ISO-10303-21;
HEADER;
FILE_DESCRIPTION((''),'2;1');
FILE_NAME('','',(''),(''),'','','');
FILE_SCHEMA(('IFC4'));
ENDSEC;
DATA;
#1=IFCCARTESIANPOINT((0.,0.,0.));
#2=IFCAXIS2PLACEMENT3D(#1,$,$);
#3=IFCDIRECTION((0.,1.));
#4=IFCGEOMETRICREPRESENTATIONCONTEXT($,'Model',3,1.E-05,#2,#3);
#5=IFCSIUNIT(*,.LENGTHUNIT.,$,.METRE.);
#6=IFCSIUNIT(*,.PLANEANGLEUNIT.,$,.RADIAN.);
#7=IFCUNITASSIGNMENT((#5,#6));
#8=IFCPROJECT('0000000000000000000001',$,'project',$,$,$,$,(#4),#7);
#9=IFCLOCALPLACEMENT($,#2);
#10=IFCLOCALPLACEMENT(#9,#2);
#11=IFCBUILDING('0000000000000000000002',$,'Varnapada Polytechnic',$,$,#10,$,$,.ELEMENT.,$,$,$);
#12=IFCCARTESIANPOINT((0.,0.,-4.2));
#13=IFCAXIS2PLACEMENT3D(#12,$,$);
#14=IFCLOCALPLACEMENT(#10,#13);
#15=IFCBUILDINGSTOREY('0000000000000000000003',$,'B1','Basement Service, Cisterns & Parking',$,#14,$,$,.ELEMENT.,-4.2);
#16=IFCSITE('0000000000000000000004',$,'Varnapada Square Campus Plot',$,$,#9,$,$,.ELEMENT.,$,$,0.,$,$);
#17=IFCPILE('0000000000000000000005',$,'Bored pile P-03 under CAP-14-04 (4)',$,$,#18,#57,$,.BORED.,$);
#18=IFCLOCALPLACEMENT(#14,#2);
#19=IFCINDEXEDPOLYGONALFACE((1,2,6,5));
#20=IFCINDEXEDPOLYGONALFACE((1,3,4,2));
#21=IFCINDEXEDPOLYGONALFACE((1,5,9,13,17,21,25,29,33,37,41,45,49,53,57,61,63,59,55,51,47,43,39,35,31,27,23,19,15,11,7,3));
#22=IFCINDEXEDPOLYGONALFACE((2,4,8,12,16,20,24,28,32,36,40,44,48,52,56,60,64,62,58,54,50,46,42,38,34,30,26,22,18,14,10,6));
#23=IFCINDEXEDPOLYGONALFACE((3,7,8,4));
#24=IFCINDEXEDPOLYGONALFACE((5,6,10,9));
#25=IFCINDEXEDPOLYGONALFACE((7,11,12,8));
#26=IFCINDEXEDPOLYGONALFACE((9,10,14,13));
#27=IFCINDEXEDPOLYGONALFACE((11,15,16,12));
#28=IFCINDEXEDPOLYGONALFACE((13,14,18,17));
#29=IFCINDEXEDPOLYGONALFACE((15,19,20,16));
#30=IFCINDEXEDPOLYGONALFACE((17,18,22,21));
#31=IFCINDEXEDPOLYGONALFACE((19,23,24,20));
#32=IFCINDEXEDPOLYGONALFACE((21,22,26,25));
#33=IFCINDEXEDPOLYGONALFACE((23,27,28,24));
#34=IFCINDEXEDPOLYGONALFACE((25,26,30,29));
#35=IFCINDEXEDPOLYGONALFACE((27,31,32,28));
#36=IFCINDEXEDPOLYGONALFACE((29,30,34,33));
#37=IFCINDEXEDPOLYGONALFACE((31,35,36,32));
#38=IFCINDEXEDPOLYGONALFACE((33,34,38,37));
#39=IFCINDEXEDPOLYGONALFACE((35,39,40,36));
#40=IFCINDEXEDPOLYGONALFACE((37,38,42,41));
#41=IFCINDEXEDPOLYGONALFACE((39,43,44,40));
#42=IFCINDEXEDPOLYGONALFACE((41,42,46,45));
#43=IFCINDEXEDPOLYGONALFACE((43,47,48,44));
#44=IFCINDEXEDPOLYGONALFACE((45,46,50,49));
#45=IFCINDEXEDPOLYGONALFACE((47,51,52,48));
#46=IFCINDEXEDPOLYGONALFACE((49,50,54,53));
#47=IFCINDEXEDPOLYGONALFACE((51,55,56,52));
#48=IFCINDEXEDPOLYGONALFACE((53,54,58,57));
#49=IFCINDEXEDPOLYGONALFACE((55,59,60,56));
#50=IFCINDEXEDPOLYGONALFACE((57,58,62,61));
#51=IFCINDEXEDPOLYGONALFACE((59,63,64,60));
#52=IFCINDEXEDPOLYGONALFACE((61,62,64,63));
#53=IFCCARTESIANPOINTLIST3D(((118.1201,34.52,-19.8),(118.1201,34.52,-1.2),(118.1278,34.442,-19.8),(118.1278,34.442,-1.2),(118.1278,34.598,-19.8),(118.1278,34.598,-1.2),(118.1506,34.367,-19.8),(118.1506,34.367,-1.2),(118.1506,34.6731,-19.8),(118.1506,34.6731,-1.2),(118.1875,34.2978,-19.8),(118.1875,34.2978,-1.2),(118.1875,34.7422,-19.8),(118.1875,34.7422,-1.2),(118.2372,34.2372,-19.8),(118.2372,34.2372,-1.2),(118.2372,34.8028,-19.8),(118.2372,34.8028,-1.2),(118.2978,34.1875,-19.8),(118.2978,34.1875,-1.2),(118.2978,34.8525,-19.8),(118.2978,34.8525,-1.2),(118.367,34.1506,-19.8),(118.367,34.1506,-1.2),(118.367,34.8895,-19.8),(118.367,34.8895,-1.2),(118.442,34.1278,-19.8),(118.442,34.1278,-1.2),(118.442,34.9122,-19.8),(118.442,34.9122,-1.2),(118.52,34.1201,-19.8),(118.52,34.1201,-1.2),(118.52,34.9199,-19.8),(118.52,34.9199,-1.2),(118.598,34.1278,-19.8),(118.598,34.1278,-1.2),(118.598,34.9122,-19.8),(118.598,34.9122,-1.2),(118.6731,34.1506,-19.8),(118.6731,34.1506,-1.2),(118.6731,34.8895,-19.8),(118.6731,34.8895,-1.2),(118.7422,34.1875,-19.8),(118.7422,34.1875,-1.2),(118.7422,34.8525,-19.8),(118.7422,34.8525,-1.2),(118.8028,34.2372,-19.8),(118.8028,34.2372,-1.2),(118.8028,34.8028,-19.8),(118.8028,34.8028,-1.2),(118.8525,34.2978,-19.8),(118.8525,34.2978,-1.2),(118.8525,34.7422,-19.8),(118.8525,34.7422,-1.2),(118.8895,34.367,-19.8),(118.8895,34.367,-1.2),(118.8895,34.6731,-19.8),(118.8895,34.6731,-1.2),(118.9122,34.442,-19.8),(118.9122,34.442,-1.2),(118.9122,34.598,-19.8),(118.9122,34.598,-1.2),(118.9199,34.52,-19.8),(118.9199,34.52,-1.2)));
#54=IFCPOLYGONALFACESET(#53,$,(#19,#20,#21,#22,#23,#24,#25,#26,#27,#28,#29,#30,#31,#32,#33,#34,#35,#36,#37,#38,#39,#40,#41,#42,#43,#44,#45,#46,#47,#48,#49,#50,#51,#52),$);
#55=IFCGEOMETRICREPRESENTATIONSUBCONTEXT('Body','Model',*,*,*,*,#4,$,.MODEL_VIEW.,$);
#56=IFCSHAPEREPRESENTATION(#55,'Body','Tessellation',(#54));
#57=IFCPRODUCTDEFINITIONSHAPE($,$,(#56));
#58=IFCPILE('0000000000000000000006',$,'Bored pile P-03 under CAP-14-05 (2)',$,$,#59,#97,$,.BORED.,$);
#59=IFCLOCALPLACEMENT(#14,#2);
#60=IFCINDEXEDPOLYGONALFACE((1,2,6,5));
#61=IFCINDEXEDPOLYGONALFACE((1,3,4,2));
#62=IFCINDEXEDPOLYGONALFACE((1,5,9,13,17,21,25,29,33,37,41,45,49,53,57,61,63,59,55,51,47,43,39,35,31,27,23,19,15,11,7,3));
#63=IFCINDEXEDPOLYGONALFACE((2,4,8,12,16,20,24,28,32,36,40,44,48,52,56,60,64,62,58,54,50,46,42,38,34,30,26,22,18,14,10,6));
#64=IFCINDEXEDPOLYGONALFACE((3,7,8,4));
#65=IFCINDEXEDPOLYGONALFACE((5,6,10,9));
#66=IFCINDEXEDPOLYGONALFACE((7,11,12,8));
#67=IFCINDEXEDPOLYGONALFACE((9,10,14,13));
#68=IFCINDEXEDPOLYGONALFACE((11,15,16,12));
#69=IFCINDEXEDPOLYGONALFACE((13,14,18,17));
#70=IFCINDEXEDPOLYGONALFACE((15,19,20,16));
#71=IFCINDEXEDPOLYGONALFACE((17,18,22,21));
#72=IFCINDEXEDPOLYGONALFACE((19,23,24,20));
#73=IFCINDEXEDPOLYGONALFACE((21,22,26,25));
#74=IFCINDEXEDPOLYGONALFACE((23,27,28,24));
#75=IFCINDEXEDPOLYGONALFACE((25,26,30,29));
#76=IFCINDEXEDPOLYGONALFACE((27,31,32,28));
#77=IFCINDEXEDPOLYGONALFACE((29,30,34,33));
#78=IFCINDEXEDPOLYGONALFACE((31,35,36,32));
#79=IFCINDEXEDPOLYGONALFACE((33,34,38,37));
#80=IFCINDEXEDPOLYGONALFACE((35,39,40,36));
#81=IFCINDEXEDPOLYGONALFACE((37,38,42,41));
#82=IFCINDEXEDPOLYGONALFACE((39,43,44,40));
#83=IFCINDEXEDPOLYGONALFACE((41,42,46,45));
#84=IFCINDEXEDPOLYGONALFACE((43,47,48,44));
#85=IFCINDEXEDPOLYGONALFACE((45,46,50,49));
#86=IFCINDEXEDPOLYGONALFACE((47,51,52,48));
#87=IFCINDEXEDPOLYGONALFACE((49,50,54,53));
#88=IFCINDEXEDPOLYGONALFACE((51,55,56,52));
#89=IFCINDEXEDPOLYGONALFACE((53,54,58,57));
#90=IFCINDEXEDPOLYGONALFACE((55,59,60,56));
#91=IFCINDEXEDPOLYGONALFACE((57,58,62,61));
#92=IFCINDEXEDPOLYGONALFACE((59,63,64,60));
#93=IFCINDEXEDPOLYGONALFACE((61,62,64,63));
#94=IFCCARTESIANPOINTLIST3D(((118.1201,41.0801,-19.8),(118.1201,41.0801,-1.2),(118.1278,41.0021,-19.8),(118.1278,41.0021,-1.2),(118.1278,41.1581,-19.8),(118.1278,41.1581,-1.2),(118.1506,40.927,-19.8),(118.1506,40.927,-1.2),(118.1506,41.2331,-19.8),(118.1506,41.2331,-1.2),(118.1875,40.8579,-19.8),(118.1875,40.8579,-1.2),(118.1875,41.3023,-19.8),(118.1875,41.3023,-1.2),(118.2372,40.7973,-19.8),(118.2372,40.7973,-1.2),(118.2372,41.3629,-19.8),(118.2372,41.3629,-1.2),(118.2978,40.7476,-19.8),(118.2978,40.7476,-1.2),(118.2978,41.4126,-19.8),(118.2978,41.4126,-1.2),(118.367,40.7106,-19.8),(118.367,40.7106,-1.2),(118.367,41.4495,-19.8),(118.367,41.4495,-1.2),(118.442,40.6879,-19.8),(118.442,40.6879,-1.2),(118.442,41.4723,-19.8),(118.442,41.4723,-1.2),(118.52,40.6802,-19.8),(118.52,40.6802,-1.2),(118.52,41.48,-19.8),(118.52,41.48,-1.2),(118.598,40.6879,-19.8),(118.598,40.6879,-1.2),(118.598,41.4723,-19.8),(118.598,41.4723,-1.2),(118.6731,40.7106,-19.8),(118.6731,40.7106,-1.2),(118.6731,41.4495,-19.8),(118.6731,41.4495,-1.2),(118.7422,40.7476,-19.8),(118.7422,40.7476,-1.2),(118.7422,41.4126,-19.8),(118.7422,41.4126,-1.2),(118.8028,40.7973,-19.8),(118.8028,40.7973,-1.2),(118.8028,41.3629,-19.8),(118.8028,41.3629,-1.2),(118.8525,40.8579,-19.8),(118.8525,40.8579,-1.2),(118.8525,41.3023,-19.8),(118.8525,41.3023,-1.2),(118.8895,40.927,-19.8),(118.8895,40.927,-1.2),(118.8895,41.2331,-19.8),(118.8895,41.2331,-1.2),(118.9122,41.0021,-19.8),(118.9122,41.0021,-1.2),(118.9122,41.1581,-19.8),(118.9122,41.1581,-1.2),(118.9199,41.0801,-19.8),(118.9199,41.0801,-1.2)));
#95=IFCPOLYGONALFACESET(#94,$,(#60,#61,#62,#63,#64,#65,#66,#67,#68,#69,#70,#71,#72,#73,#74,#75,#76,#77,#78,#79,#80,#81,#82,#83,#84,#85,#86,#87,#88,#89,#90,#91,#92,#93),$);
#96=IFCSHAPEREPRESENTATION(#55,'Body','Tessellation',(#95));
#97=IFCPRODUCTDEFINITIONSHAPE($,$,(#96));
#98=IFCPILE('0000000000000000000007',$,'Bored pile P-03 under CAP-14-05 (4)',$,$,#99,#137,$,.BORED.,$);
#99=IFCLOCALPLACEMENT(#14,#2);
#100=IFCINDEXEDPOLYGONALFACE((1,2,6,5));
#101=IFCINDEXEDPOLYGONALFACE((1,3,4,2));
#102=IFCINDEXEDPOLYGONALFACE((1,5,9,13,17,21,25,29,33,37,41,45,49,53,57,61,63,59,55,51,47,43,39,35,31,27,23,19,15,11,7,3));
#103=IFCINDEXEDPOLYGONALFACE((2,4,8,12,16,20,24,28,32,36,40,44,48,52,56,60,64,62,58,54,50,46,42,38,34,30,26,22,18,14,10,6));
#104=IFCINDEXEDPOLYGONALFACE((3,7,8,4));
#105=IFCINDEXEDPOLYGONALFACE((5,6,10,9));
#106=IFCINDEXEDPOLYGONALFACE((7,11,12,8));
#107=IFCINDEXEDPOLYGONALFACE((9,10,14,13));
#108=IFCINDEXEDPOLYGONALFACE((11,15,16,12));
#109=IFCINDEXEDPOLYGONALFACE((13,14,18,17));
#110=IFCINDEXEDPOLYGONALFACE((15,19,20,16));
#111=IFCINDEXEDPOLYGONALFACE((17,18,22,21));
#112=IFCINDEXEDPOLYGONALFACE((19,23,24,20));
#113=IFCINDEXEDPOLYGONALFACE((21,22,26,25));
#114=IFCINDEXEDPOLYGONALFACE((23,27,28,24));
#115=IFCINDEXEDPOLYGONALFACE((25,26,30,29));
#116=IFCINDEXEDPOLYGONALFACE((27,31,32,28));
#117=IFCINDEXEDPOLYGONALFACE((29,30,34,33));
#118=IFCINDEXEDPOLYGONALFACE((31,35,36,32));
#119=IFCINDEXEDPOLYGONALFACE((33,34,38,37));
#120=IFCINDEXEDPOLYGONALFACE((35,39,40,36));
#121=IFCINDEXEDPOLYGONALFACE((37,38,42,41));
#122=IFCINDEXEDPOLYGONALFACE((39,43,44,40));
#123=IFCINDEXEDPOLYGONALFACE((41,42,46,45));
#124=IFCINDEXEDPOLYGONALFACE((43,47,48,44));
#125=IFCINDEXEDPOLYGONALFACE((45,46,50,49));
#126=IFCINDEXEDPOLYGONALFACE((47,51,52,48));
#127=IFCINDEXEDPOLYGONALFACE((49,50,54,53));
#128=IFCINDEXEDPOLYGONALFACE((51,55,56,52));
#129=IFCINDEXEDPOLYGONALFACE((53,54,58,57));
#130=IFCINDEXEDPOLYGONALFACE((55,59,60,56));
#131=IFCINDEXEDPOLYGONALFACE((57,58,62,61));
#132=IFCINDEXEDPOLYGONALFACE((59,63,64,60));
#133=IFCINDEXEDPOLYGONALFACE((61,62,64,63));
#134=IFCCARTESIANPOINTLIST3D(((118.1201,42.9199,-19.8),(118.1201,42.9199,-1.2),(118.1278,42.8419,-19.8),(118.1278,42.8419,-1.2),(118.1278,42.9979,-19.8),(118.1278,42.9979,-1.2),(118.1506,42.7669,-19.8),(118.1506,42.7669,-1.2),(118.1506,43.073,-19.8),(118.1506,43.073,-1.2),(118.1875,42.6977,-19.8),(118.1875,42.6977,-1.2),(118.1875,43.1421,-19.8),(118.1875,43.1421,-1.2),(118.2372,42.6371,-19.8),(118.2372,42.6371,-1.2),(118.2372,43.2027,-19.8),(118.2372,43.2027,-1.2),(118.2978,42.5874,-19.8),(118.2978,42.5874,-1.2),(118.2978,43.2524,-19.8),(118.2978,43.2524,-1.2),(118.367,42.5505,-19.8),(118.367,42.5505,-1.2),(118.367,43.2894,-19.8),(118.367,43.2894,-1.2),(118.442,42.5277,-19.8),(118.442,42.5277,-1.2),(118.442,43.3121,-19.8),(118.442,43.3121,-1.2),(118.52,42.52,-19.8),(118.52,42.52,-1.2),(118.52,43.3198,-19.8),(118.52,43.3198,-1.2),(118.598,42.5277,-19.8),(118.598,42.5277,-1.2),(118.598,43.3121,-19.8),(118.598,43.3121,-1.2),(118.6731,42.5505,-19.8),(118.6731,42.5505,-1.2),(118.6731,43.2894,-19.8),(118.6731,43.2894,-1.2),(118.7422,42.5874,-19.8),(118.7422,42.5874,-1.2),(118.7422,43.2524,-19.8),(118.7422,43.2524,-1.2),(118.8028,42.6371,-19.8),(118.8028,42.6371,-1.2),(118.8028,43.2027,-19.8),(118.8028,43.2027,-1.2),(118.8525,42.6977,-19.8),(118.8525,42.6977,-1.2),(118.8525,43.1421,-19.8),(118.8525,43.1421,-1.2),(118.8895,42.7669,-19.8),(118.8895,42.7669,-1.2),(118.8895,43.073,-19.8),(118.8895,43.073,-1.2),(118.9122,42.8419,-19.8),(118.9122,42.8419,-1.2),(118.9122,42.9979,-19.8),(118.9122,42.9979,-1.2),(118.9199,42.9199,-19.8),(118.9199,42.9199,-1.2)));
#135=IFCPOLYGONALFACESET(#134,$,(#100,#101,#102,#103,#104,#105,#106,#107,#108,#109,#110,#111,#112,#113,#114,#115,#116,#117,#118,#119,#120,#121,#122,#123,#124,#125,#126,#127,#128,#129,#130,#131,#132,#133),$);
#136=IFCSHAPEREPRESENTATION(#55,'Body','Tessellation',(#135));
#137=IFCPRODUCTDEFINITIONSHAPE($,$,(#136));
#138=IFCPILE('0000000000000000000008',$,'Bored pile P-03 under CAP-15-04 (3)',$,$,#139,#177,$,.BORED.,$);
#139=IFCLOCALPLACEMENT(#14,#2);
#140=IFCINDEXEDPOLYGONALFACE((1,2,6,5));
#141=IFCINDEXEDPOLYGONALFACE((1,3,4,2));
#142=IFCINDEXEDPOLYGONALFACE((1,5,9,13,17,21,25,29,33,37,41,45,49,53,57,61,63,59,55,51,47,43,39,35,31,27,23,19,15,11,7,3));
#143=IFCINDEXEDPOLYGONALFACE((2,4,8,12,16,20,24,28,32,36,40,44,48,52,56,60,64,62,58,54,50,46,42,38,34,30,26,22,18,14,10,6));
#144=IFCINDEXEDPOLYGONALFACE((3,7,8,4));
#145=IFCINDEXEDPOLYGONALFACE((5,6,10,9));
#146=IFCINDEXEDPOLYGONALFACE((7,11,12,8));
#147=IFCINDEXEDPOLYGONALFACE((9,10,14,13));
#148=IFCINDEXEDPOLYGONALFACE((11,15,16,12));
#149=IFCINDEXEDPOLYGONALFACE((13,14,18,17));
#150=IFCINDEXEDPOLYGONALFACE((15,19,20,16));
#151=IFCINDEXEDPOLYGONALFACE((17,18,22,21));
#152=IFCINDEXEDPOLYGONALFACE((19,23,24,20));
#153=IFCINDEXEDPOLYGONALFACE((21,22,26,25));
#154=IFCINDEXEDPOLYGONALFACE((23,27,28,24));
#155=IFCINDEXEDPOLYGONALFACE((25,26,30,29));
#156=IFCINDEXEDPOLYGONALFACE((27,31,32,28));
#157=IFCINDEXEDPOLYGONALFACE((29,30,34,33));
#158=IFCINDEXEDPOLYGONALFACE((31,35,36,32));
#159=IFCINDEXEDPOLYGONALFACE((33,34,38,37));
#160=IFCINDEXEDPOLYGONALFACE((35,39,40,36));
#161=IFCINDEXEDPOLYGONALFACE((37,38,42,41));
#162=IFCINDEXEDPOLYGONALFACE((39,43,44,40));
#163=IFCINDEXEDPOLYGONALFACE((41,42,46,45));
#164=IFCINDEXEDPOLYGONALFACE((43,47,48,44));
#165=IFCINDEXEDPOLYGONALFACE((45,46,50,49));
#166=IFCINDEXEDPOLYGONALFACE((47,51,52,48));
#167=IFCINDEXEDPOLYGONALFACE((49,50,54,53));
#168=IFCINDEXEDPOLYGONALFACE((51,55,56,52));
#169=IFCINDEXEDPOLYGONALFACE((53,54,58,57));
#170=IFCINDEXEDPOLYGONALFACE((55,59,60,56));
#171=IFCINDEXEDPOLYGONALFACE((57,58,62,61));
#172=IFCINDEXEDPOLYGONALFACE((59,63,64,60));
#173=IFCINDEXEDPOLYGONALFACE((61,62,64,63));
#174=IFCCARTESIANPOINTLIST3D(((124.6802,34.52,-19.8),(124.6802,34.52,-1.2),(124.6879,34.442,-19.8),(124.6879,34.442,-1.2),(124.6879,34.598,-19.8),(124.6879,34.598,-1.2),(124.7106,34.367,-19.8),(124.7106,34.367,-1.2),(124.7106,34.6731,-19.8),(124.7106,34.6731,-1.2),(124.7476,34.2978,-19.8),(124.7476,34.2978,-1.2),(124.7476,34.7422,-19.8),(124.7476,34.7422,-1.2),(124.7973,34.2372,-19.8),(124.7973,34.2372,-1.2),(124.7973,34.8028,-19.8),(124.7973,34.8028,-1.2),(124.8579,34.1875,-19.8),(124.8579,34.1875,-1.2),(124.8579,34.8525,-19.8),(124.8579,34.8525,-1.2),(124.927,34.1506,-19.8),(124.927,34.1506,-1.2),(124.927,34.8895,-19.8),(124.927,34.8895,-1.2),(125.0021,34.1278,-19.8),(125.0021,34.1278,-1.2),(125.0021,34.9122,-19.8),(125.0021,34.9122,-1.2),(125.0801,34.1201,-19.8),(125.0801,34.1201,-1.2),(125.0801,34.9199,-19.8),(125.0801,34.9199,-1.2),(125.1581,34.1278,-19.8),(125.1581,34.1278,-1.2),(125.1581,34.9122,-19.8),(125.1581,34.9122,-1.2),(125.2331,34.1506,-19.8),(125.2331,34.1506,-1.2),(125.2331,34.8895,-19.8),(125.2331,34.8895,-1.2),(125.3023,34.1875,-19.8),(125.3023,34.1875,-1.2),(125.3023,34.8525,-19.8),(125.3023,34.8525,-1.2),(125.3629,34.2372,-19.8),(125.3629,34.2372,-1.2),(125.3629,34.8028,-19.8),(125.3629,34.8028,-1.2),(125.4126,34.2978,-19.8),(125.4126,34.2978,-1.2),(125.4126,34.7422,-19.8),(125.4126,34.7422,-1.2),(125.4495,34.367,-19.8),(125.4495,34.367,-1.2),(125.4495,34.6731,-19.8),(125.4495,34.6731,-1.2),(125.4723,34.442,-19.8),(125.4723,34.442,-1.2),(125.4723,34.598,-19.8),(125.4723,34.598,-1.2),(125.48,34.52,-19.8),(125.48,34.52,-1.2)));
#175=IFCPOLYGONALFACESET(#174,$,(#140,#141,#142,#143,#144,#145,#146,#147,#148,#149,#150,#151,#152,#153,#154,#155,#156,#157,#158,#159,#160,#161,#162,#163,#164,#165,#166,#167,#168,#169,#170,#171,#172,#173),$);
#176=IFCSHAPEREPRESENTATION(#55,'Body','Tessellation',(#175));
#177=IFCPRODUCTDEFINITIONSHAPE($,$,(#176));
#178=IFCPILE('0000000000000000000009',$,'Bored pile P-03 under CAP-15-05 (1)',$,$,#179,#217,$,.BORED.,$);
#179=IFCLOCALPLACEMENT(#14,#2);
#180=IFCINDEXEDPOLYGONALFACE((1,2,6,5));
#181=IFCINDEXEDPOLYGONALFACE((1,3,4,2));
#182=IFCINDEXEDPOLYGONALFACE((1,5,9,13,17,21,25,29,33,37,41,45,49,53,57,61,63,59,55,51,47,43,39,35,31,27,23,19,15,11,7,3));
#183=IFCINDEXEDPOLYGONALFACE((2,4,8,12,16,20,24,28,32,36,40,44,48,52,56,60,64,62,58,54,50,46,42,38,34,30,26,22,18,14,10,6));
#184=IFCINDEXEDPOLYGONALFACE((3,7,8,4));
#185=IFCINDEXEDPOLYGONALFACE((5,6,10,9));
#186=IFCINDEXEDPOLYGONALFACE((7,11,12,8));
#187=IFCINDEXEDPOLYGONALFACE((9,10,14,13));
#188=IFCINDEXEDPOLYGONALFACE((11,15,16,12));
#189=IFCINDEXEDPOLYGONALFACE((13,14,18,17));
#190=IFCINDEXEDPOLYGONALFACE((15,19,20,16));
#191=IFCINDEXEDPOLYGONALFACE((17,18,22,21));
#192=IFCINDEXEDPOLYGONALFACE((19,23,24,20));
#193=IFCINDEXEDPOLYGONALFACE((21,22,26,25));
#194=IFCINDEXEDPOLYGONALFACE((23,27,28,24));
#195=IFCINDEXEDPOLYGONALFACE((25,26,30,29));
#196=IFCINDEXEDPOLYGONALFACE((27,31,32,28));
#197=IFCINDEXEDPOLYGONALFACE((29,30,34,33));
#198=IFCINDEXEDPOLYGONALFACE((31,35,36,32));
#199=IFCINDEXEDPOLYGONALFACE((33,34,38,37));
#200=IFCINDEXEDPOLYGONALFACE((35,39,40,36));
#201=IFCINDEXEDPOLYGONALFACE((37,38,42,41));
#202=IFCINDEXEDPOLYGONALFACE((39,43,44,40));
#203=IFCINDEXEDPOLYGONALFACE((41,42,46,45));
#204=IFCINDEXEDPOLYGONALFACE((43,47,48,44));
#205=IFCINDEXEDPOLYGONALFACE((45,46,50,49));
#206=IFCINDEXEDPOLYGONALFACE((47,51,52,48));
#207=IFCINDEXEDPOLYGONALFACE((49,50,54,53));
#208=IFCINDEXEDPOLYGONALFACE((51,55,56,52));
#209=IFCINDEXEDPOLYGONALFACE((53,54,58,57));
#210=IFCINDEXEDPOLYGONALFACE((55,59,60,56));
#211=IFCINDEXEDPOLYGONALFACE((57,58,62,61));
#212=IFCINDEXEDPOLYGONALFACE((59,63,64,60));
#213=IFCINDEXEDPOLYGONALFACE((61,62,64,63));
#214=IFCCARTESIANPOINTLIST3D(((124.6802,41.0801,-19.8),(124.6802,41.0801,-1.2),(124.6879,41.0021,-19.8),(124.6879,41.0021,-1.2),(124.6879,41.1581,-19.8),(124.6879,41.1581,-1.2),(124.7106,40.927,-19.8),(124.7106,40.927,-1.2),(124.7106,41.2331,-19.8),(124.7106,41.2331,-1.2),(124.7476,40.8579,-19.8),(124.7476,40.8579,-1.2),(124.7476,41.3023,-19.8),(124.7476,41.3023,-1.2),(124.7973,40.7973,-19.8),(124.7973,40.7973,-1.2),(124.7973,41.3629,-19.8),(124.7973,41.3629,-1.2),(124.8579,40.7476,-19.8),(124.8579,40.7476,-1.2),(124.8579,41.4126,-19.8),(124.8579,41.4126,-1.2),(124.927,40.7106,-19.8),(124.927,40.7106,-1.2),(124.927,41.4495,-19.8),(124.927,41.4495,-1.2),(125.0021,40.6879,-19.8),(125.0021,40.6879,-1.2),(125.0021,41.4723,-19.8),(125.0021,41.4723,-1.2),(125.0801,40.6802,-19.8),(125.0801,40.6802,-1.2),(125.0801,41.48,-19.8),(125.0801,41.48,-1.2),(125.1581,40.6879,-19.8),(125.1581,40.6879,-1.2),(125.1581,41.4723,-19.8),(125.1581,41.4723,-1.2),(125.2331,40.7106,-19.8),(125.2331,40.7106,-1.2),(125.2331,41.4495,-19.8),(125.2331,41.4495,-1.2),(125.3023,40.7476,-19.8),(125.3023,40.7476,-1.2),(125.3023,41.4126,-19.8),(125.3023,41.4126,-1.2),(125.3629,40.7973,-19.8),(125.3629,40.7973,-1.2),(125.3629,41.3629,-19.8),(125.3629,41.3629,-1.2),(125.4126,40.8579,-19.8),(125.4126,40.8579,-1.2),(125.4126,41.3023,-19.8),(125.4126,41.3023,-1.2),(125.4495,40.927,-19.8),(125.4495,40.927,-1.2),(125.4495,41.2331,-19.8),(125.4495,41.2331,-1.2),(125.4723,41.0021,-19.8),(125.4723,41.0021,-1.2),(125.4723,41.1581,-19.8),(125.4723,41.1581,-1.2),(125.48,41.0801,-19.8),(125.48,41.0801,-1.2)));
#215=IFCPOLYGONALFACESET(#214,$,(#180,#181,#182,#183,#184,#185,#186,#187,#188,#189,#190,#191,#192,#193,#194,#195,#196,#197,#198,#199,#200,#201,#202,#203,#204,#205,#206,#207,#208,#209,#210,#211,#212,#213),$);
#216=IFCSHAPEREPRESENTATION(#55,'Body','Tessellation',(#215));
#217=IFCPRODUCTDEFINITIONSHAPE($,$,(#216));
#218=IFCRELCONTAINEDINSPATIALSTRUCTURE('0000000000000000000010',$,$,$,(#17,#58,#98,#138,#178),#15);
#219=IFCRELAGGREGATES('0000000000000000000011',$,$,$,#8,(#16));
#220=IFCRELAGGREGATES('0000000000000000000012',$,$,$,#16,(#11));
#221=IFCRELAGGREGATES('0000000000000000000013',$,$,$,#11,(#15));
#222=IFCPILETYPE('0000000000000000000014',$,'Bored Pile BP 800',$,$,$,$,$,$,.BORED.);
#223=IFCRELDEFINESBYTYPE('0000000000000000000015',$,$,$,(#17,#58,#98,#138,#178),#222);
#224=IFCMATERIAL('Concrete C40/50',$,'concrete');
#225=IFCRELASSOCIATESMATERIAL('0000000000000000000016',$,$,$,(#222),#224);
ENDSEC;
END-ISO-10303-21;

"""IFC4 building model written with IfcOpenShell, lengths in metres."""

from ifc_helpers import new_model, si_unit, direction, frame, origin, origin_2d, place, context, subcontext, project, spatial, circle, extrude, material, material_profile, profile_set, type_object, element, save


model = new_model("IFC4")

# Units and contexts
model_context = context("Model", 3, precision=1e-05, world=origin(), true_north=direction((0.0, 1.0)))
body_context = subcontext(model_context, "Body", "Model", "MODEL_VIEW")
ifc_project = project(units=[si_unit("LENGTHUNIT", "METRE"), si_unit("PLANEANGLEUNIT", "RADIAN")], contexts=[model_context])

# Site, building, storey
site_placement = place(None, origin())
site = spatial("IfcSite", under=ifc_project, at=site_placement, Name="Varnapada Square Campus Plot", CompositionType="ELEMENT", RefElevation=0.0)
building_placement = place(site_placement, origin())
building = spatial("IfcBuilding", under=site, at=building_placement, Name="Varnapada Polytechnic", CompositionType="ELEMENT")
storey_placement = place(building_placement, frame((0.0, 0.0, -4.2)))
storey = spatial("IfcBuildingStorey", under=building, at=storey_placement, Name="B1", Description="Basement Service, Cisterns & Parking", CompositionType="ELEMENT", Elevation=-4.2)

# Piles
ifc_material_1 = material(Name="Concrete C40/50", Category="concrete")
ifc_material_profile_1 = material_profile(ifc_material_1, circle(Radius=0.3999, at=origin_2d()), Name="BP 800")
ifc_profile_set_1 = profile_set([ifc_material_profile_1], Name="Concrete C40/50")
pile_type = type_object("IfcPileType", Name="Bored Pile BP 800", PredefinedType="BORED", material=ifc_profile_set_1)
for number, where, z_axis, x_axis, name in (
    (1, (118.52, 34.52, -1.2), (0.0, 0.0, -1.0), (1.0, 0.0, 0.0), "Bored pile P-03 under CAP-14-04 (4)"),
    (2, (118.52, 41.0801, -1.2), (0.0, 0.0, -1.0), (1.0, 0.0, 0.0), "Bored pile P-03 under CAP-14-05 (2)"),
    (3, (118.52, 42.9199, -1.2), (0.0, 0.0, -1.0), (1.0, 0.0, 0.0), "Bored pile P-03 under CAP-14-05 (4)"),
    (4, (125.0801, 34.52, -1.2), (0.0, 0.0, -1.0), (1.0, 0.0, 0.0), "Bored pile P-03 under CAP-15-04 (3)"),
    (5, (125.0801, 41.0801, -1.2), (0.0, 0.0, -1.0), (1.0, 0.0, 0.0), "Bored pile P-03 under CAP-15-05 (1)"),
):
    element("IfcPile", number, at=place(storey_placement, frame(where, z_axis=z_axis, x_axis=x_axis)), inside=storey, type_object=pile_type, Name=name, PredefinedType="BORED", context=body_context, shape_type="SweptSolid", body=[
        extrude(circle(Radius=0.3999, at=origin_2d()), origin(), (0.0, 0.0, 1.0), 18.6001),
    ])

save(model, "model.ifc")
